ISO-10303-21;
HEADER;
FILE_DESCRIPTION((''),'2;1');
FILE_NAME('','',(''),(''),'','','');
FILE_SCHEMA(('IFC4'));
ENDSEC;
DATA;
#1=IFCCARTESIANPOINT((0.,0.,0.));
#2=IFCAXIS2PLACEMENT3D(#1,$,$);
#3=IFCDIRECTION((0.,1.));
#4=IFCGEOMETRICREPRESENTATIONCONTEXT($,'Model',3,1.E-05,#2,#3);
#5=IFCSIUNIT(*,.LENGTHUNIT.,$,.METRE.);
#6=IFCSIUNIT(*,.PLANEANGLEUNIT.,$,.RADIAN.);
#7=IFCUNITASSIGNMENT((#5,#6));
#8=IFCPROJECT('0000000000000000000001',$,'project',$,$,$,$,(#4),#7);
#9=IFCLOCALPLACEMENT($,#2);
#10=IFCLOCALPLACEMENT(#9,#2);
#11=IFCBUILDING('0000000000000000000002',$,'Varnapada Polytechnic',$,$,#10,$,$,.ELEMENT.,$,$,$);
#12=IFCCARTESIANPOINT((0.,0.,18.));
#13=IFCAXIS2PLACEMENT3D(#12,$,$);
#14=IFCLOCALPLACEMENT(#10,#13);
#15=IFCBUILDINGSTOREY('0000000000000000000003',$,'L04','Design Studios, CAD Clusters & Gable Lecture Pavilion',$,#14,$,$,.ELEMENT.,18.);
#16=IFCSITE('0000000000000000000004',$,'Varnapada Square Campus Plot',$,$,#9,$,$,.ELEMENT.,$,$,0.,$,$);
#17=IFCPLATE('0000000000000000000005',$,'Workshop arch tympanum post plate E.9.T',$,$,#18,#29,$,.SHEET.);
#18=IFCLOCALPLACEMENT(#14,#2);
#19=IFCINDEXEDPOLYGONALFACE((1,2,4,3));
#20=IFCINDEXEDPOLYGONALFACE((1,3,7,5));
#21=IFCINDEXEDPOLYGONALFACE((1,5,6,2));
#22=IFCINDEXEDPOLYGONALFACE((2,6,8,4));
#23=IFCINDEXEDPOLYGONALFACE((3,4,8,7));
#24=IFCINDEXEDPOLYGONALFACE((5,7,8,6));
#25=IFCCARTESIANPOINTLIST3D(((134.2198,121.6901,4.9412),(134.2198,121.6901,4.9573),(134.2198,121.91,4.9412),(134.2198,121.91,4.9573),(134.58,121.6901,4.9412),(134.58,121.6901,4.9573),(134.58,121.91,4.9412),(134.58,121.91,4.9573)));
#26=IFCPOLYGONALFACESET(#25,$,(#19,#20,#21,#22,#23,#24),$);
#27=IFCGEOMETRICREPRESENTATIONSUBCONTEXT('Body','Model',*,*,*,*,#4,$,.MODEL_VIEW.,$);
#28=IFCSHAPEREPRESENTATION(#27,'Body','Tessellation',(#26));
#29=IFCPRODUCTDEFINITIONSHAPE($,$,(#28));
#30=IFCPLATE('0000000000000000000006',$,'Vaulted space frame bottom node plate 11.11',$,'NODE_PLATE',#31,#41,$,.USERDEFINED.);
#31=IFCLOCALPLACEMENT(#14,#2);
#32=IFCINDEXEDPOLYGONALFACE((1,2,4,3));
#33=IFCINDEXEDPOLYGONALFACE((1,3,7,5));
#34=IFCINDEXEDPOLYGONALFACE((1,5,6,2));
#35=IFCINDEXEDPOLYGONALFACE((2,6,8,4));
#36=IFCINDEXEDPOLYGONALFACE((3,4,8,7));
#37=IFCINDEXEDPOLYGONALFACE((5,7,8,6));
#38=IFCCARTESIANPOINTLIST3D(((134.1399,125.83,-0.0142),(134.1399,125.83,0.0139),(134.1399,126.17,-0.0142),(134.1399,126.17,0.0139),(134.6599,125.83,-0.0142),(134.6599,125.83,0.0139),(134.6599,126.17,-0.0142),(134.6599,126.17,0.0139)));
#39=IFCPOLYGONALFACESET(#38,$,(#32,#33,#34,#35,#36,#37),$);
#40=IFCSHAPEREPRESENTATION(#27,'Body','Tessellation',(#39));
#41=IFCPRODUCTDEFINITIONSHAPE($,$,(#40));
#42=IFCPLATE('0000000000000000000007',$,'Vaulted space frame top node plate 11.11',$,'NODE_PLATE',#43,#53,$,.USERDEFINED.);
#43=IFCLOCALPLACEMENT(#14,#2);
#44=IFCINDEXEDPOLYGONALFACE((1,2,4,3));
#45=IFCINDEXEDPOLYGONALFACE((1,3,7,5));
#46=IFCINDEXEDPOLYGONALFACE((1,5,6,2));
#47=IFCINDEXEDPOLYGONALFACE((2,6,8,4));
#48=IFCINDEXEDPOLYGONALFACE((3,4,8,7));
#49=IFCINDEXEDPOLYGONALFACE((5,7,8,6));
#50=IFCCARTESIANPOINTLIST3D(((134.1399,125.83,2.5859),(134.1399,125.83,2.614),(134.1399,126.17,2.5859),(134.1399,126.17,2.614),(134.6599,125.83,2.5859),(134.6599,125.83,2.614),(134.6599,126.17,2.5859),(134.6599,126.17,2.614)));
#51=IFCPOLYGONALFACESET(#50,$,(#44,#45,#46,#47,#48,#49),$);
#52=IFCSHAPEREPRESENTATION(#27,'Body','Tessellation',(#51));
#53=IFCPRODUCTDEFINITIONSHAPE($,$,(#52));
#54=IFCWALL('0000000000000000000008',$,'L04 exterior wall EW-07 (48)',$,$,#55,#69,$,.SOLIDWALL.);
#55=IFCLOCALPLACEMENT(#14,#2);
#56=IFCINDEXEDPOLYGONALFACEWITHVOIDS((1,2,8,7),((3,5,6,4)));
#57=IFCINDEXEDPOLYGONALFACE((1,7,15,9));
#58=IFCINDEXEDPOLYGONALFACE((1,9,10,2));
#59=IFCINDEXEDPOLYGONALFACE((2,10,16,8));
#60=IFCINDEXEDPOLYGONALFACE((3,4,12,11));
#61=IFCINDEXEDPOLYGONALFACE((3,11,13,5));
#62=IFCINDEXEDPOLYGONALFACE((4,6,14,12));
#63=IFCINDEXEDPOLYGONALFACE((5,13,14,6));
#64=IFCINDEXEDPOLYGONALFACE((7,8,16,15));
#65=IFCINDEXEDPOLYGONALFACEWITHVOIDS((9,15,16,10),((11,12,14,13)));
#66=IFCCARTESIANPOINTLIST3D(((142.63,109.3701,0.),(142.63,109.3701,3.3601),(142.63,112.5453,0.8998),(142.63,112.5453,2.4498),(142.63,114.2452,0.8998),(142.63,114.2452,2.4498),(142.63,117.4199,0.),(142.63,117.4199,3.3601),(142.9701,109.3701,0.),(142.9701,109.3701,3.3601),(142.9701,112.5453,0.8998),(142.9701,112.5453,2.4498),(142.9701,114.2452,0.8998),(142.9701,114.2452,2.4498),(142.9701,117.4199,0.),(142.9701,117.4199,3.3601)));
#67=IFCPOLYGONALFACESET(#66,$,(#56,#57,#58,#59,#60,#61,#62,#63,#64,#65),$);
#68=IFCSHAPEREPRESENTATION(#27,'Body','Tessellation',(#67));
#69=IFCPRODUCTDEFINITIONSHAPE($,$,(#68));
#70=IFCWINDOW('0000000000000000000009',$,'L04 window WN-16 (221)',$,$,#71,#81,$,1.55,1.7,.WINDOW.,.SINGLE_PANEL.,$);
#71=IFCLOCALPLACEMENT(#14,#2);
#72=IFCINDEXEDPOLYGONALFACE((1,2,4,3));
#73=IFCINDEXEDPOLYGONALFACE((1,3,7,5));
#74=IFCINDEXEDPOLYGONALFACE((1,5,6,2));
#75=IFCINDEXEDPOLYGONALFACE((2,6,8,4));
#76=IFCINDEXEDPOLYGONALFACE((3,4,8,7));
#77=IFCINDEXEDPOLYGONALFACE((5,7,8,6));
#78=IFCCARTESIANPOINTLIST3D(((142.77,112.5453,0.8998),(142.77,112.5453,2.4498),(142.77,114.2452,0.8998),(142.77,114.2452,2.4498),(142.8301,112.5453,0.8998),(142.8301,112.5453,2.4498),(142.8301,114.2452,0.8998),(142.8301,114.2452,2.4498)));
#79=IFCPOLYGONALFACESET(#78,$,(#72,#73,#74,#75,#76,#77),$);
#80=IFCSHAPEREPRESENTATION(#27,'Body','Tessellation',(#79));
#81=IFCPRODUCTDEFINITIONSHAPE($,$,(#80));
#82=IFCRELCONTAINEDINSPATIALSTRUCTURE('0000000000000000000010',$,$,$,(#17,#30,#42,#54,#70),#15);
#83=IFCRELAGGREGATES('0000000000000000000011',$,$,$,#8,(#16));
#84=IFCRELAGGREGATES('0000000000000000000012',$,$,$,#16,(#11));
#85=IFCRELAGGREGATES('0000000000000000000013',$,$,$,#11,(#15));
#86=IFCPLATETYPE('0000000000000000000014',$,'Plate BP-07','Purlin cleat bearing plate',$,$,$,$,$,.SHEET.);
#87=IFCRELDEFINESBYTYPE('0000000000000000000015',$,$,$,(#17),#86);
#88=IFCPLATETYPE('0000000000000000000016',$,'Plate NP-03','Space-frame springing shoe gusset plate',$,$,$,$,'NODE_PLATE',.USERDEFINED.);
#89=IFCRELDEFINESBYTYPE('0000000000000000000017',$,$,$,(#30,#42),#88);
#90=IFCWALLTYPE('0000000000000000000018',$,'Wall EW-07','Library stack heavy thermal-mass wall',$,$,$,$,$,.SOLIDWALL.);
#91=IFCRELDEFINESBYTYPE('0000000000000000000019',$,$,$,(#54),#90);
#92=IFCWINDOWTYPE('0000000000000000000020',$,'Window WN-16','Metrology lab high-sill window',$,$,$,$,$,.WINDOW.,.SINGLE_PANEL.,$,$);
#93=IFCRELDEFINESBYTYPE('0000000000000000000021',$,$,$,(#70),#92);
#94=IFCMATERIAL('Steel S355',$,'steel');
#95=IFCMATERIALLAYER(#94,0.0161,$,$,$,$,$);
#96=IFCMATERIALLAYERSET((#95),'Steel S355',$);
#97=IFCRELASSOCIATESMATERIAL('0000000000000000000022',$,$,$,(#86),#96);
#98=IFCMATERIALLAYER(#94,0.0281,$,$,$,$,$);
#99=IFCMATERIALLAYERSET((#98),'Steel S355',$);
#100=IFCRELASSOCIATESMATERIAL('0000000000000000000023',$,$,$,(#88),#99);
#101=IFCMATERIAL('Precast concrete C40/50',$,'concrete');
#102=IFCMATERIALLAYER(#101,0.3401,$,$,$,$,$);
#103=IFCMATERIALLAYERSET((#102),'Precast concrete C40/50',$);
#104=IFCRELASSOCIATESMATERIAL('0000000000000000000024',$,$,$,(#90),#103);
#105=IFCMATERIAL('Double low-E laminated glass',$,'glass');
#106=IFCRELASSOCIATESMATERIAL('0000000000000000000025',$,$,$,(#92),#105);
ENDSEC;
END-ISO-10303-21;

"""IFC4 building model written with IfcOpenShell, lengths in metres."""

from ifc_helpers import new_model, si_unit, direction, frame, frame_2d, origin, origin_2d, place, context, subcontext, project, spatial, rectangle, extrude, material, layer, layer_set, type_object, element, fill, save


model = new_model("IFC4")

# Units and contexts
model_context = context("Model", 3, precision=1e-05, world=origin(), true_north=direction((0.0, 1.0)))
body_context = subcontext(model_context, "Body", "Model", "MODEL_VIEW")
ifc_project = project(units=[si_unit("LENGTHUNIT", "METRE"), si_unit("PLANEANGLEUNIT", "RADIAN")], contexts=[model_context])

# Site, building, storey
site_placement = place(None, origin())
site = spatial("IfcSite", under=ifc_project, at=site_placement, Name="Varnapada Square Campus Plot", CompositionType="ELEMENT", RefElevation=0.0)
building_placement = place(site_placement, origin())
building = spatial("IfcBuilding", under=site, at=building_placement, Name="Varnapada Polytechnic", CompositionType="ELEMENT")
storey_placement = place(building_placement, frame((0.0, 0.0, 18.0)))
storey = spatial("IfcBuildingStorey", under=building, at=storey_placement, Name="L04", Description="Design Studios, CAD Clusters & Gable Lecture Pavilion", CompositionType="ELEMENT", Elevation=18.0)

# Shared definitions
ifc_material_1 = material(Name="Steel S355", Category="steel")

# Plates
ifc_layer_1 = layer(ifc_material_1, 0.0161)
ifc_layer_set_1 = layer_set([ifc_layer_1], Name="Steel S355")
plate_type_1 = type_object("IfcPlateType", Name="Plate BP-07", Description="Purlin cleat bearing plate", PredefinedType="SHEET", material=ifc_layer_set_1)
for number, where, z_axis, x_axis, name in (
    (1, (134.3999, 121.8, 4.9412), (0.0, 0.0, 1.0), (1.0, 0.0, 0.0), "Workshop arch tympanum post plate E.9.T"),
):
    element("IfcPlate", number, at=place(storey_placement, frame(where, z_axis=z_axis, x_axis=x_axis)), inside=storey, type_object=plate_type_1, Name=name, PredefinedType="SHEET", context=body_context, shape_type="SweptSolid", body=[
        extrude(rectangle(XDim=0.3601, YDim=0.22, at=origin_2d()), origin(), (0.0, 0.0, 1.0), 0.0161),
    ])
ifc_layer_2 = layer(ifc_material_1, 0.0281)
ifc_layer_set_2 = layer_set([ifc_layer_2], Name="Steel S355")
plate_type_2 = type_object("IfcPlateType", Name="Plate NP-03", Description="Space-frame springing shoe gusset plate", ElementType="NODE_PLATE", PredefinedType="USERDEFINED", material=ifc_layer_set_2)
for number, where, z_axis, x_axis, name in (
    (2, (134.3999, 126.0, -0.0142), (0.0, 0.0, 1.0), (1.0, 0.0, 0.0), "Vaulted space frame bottom node plate 11.11"),
    (3, (134.3999, 126.0, 2.5859), (0.0, 0.0, 1.0), (1.0, 0.0, 0.0), "Vaulted space frame top node plate 11.11"),
):
    element("IfcPlate", number, at=place(storey_placement, frame(where, z_axis=z_axis, x_axis=x_axis)), inside=storey, type_object=plate_type_2, Name=name, ObjectType="NODE_PLATE", PredefinedType="USERDEFINED", context=body_context, shape_type="SweptSolid", body=[
        extrude(rectangle(XDim=0.52, YDim=0.3401, at=origin_2d()), origin(), (0.0, 0.0, 1.0), 0.0281),
    ])

# Wall, opening, window
ifc_material_2 = material(Name="Precast concrete C40/50", Category="concrete")
ifc_layer_3 = layer(ifc_material_2, 0.3401)
ifc_layer_set_3 = layer_set([ifc_layer_3], Name="Precast concrete C40/50")
wall_type = type_object("IfcWallType", Name="Wall EW-07", Description="Library stack heavy thermal-mass wall", PredefinedType="SOLIDWALL", material=ifc_layer_set_3)
wall_placement = place(storey_placement, frame((142.8, 109.3701, 0.0), z_axis=(0.0, 0.0, 1.0), x_axis=(0.0, 1.0, 0.0)))
wall = element("IfcWall", 4, at=wall_placement, inside=storey, type_object=wall_type, Name="L04 exterior wall EW-07 (48)", PredefinedType="SOLIDWALL", context=body_context, shape_type="SweptSolid", body=[
    extrude(rectangle(XDim=8.0498, YDim=0.3401, at=frame_2d((4.0249, 0.0))), origin(), (0.0, 0.0, 1.0), 3.3601),
])
opening_1_placement = place(wall_placement, frame((3.175, 0.0, 0.8999)))
opening_1 = element("IfcOpeningElement", 5, at=opening_1_placement, cuts=wall, PredefinedType="OPENING", context=body_context, shape_type="SweptSolid", body=[
    extrude(rectangle(XDim=1.7, YDim=1.55, at=frame_2d((0.8501, 0.7749))), frame((0.0, 0.1799, 0.0), z_axis=(0.0, -1.0, 0.0), x_axis=(1.0, 0.0, 0.0)), (0.0, 0.0, 1.0), 0.3601),
])
ifc_material_3 = material(Name="Double low-E laminated glass", Category="glass")
window_type = type_object("IfcWindowType", Name="Window WN-16", Description="Metrology lab high-sill window", PartitioningType="SINGLE_PANEL", PredefinedType="WINDOW", material=ifc_material_3)
window_placement = place(opening_1_placement, origin())
window = element("IfcWindow", 6, at=window_placement, inside=storey, type_object=window_type, Name="L04 window WN-16 (221)", OverallHeight=1.55, OverallWidth=1.7, PartitioningType="SINGLE_PANEL", PredefinedType="WINDOW", context=body_context, shape_type="SweptSolid", body=[
    extrude(rectangle(XDim=1.7, YDim=1.55, at=frame_2d((0.8501, 0.7749))), frame((0.0, 0.03, 0.0), z_axis=(0.0, -1.0, 0.0), x_axis=(1.0, 0.0, 0.0)), (0.0, 0.0, 1.0), 0.0601),
])
fill(opening_1, window)

save(model, "model.ifc")
